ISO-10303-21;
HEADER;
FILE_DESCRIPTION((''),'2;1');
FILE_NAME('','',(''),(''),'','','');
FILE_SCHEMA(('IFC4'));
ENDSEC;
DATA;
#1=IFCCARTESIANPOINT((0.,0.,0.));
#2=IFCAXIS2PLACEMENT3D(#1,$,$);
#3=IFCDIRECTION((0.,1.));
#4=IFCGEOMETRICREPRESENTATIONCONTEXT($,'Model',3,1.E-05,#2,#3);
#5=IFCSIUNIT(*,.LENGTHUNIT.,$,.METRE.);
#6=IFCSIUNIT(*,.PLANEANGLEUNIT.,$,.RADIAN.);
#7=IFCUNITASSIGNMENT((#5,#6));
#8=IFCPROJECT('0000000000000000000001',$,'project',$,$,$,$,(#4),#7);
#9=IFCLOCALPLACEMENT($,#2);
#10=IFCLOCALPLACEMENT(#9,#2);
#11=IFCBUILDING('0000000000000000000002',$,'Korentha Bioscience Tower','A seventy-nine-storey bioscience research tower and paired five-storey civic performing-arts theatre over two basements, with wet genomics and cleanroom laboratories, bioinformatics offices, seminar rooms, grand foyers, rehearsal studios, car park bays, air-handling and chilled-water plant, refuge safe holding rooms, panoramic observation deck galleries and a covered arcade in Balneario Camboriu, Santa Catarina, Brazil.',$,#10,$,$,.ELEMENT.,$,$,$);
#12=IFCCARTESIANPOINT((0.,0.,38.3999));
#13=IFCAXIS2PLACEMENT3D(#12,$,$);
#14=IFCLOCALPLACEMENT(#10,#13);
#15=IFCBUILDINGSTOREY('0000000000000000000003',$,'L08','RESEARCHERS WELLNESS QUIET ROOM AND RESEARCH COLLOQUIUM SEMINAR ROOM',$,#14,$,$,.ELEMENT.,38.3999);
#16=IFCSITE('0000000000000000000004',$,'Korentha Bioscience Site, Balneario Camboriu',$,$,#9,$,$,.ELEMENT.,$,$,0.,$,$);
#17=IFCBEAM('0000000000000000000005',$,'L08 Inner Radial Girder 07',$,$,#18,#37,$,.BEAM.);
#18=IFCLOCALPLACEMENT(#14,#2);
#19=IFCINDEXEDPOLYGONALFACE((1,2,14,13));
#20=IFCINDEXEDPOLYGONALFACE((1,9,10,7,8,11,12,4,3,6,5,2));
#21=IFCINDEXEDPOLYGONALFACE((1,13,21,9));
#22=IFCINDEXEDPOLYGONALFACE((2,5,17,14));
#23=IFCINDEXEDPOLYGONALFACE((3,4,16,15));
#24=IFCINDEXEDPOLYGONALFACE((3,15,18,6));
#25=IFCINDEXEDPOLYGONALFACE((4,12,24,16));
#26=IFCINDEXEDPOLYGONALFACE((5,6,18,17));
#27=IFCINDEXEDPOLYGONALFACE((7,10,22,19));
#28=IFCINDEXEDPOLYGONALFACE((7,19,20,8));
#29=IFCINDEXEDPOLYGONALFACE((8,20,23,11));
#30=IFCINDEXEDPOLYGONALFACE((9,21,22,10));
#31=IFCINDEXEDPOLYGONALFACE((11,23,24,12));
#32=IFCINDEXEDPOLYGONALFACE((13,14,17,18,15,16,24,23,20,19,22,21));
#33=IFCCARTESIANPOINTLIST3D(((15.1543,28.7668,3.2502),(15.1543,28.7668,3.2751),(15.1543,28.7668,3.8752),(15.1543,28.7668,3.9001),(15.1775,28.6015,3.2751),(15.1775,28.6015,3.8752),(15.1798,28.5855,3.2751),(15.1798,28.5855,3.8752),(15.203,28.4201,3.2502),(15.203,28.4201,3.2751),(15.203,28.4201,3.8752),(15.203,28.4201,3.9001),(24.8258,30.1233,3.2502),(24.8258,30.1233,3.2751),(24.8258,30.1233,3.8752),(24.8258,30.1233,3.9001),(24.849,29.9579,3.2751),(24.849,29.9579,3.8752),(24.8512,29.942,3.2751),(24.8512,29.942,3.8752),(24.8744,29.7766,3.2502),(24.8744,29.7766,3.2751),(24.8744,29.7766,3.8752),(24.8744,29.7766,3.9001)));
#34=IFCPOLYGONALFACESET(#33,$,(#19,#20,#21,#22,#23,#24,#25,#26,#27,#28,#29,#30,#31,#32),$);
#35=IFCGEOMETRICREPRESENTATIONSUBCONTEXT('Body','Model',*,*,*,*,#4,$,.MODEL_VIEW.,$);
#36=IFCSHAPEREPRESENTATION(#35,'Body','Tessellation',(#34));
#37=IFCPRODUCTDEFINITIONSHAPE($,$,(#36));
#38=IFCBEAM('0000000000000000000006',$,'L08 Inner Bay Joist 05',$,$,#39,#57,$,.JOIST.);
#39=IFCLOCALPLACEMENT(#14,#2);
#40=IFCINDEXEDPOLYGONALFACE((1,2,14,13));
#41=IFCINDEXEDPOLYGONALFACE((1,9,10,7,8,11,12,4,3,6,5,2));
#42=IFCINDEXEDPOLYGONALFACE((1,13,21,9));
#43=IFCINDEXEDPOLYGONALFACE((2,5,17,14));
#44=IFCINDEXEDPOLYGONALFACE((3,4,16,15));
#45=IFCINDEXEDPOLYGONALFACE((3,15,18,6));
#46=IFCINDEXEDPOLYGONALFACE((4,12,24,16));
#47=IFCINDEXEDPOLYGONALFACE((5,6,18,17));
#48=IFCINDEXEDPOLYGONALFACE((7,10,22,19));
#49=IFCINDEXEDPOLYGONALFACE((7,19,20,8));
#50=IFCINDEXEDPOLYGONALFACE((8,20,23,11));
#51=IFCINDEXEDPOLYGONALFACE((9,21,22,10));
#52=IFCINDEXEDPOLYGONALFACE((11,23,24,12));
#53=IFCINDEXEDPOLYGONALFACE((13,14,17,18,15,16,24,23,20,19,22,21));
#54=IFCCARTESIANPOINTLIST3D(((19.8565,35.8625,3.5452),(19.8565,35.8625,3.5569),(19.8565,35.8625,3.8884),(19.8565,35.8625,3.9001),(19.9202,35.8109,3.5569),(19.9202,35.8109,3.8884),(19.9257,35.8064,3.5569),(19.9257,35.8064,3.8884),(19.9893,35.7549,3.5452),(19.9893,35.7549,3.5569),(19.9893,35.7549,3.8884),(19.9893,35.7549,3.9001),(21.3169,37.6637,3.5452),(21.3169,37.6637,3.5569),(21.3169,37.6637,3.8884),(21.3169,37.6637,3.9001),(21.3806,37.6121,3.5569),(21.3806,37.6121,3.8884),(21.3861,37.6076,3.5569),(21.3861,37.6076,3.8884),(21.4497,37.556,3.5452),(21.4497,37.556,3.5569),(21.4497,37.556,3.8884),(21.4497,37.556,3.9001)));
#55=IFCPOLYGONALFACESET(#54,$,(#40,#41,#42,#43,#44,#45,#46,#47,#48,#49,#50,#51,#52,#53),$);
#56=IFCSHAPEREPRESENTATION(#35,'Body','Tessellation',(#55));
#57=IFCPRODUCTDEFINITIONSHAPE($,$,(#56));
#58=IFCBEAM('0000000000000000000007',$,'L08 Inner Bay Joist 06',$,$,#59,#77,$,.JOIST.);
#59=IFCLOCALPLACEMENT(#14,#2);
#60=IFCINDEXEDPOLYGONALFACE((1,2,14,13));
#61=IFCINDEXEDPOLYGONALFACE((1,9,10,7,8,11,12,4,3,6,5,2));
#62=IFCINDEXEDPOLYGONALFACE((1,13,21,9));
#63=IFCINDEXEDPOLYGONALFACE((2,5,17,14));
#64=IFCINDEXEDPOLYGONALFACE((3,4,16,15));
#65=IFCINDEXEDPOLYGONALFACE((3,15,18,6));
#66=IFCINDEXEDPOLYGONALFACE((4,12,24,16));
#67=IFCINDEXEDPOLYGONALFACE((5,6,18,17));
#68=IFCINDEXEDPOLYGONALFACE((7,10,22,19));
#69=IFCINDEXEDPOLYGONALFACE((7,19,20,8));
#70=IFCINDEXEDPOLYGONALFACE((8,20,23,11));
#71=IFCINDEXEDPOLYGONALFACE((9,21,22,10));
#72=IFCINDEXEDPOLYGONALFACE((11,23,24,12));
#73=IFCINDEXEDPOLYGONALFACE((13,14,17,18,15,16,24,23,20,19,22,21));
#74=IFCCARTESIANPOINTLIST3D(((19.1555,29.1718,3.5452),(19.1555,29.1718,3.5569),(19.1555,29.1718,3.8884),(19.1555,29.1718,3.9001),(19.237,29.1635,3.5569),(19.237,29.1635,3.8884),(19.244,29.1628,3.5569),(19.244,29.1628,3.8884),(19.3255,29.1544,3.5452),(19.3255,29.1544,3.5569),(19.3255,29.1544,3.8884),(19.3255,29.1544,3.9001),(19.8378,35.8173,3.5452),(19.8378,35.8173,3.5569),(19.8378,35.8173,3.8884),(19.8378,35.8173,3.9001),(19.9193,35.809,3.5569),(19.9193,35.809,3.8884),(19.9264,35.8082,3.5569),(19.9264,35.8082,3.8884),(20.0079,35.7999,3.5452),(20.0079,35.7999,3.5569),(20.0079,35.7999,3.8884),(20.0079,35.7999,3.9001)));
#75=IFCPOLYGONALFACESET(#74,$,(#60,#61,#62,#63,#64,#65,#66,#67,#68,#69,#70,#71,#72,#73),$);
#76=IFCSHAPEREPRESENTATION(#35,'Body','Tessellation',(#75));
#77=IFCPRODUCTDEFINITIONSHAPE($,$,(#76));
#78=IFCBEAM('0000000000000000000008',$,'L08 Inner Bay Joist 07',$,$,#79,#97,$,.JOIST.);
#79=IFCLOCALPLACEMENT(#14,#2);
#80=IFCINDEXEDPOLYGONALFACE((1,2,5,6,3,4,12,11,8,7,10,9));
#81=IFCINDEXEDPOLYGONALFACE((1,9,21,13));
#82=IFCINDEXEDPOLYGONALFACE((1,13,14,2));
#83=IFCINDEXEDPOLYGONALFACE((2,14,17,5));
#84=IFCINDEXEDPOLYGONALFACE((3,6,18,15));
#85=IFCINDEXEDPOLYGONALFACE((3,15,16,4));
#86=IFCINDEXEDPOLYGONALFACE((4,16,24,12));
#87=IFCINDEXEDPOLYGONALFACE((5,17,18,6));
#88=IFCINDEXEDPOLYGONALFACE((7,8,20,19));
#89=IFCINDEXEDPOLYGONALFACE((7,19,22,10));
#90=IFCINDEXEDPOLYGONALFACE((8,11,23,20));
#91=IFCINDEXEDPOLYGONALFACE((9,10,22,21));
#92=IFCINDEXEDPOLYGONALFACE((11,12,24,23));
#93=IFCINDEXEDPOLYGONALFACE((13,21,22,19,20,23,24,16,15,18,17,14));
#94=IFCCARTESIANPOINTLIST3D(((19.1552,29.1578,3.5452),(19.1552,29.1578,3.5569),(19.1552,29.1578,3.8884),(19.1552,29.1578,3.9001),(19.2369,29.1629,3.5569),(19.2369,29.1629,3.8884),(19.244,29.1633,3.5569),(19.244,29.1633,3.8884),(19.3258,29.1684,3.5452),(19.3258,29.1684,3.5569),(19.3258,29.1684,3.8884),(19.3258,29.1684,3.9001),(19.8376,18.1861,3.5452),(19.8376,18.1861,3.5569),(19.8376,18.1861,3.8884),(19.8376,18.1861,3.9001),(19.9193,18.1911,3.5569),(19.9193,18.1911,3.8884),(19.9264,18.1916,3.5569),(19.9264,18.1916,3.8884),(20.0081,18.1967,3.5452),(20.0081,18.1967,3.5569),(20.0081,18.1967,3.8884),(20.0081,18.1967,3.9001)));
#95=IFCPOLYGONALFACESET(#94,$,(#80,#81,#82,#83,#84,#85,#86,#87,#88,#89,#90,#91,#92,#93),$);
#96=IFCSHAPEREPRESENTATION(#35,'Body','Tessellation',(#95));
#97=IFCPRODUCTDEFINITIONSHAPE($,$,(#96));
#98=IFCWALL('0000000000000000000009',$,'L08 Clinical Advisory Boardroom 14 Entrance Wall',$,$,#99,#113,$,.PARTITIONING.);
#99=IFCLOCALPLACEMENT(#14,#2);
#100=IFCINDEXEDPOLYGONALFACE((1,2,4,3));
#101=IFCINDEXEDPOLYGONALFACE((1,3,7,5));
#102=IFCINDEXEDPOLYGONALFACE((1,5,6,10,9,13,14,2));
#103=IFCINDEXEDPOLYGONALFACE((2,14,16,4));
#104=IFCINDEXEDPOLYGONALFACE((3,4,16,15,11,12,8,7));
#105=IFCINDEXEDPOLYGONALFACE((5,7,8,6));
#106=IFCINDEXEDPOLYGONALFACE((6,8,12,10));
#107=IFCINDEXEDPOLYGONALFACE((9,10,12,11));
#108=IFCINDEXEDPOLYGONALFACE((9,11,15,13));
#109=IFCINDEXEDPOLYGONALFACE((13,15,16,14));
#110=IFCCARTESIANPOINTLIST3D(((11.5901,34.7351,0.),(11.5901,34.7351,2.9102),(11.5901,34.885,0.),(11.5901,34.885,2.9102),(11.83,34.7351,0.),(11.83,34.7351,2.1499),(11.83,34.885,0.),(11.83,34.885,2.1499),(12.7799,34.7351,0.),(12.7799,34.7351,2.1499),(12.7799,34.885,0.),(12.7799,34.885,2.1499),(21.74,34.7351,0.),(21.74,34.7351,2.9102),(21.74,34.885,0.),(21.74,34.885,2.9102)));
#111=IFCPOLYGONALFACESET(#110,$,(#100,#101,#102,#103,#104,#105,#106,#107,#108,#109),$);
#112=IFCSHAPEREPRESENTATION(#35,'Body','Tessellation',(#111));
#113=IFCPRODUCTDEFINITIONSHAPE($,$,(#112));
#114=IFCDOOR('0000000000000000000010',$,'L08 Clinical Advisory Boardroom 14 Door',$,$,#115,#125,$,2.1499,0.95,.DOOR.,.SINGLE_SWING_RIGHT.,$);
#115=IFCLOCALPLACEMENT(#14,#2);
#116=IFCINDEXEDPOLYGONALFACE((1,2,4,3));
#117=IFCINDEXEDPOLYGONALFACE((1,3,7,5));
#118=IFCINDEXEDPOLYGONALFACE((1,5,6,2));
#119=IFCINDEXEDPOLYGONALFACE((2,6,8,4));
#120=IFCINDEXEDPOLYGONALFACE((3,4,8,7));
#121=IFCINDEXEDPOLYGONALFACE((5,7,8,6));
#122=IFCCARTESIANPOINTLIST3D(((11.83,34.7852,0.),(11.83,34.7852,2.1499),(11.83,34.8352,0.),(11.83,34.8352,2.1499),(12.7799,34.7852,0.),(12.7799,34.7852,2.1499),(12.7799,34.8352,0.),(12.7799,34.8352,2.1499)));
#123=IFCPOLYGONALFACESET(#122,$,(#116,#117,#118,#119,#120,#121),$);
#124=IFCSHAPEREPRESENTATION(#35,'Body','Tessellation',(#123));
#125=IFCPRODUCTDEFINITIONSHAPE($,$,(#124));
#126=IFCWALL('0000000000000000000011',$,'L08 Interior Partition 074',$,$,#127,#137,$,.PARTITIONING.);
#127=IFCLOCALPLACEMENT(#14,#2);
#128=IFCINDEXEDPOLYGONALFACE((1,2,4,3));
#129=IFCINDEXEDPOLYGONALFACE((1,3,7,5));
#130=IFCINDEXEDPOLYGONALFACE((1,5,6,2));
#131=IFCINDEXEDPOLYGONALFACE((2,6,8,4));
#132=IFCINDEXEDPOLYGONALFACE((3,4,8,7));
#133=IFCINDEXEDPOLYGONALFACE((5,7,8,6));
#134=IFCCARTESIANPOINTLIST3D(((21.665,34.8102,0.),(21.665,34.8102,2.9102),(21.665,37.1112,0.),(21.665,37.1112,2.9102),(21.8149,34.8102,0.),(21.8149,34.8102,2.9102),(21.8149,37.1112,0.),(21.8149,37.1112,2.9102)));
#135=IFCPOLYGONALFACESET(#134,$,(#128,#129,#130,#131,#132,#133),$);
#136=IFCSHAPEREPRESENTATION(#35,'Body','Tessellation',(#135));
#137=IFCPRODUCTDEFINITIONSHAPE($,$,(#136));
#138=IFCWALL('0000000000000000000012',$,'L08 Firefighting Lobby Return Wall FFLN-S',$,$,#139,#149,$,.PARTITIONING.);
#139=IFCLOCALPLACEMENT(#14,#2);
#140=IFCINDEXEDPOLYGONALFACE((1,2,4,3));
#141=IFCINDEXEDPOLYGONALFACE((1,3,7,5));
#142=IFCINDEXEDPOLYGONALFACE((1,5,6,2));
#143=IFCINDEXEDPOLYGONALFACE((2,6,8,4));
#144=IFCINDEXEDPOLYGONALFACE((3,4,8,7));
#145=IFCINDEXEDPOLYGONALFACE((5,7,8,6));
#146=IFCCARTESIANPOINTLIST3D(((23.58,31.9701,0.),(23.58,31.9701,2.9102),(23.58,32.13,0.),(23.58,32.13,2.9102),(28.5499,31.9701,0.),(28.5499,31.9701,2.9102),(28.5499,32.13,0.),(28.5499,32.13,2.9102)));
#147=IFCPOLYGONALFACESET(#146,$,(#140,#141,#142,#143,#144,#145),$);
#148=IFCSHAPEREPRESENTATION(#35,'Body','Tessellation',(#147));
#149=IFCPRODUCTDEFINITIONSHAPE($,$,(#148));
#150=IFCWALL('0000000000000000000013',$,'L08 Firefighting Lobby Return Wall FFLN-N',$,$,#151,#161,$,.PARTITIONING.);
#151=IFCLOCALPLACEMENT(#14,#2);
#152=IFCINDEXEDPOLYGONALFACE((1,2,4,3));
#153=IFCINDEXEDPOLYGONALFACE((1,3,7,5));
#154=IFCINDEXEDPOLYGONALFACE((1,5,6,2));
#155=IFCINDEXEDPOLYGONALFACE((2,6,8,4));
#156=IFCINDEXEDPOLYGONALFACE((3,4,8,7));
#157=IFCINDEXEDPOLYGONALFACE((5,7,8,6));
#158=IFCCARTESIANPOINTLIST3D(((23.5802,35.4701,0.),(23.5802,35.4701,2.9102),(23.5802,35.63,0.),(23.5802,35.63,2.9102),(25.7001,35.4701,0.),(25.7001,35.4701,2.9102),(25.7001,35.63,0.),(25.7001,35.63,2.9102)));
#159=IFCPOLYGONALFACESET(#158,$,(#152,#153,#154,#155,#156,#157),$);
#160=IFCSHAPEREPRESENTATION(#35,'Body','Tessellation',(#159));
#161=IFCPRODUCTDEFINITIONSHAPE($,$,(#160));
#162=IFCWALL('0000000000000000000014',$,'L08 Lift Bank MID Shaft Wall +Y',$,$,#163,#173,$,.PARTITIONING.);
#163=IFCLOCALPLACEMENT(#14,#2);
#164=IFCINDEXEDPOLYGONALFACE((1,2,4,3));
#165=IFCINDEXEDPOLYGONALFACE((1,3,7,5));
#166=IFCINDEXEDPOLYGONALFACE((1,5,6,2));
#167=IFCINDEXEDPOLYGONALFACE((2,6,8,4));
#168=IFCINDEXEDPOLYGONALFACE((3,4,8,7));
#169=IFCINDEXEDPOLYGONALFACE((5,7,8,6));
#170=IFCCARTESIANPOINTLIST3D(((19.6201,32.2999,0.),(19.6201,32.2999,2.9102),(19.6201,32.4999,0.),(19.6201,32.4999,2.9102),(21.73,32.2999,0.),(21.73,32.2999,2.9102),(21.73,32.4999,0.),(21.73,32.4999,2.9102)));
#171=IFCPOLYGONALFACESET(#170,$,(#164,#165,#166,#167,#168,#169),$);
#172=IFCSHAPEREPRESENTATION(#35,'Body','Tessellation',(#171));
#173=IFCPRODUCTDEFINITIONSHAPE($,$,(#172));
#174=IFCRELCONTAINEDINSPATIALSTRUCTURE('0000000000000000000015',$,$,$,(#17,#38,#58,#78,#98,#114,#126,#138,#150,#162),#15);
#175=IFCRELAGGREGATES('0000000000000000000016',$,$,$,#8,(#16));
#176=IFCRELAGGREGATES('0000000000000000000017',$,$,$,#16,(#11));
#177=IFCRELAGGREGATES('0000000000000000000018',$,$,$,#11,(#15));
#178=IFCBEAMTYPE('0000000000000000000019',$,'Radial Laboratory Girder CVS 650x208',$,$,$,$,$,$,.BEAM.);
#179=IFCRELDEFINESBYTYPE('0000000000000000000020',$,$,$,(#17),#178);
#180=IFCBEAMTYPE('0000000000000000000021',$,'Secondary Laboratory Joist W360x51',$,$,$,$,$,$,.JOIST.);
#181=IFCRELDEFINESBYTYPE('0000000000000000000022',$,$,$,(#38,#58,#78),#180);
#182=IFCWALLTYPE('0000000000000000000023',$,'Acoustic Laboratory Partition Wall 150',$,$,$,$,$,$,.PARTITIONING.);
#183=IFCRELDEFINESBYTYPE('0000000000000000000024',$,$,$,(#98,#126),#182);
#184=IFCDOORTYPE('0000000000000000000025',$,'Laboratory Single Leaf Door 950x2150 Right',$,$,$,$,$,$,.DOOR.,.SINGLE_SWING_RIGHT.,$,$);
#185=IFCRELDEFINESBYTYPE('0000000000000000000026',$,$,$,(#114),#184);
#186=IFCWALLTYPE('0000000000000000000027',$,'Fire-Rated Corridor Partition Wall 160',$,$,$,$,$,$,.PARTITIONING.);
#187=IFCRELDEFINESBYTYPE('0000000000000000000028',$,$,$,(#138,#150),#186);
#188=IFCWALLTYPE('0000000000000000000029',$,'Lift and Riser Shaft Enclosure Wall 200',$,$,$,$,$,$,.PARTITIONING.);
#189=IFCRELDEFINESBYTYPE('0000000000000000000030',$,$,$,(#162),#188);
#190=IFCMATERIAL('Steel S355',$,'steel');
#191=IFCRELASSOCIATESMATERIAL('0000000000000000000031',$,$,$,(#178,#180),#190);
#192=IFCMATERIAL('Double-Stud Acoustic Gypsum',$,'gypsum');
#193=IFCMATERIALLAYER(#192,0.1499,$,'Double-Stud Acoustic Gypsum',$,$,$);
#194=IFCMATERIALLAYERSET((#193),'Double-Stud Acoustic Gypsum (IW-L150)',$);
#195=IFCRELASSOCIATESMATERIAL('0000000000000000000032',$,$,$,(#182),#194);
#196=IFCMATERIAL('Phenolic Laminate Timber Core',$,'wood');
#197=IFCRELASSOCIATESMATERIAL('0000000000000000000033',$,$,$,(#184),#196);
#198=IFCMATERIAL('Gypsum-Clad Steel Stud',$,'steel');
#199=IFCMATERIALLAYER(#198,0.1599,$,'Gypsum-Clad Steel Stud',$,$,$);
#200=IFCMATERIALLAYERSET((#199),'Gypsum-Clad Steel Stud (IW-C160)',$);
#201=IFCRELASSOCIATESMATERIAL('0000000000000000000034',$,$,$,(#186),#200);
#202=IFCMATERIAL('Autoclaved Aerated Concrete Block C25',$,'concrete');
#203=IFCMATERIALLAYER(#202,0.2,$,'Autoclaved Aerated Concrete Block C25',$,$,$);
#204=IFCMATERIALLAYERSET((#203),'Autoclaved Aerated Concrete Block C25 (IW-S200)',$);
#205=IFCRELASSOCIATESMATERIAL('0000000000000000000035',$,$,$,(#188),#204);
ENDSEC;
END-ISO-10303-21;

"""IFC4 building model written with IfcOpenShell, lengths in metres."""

from ifc_helpers import new_model, si_unit, direction, frame, frame_2d, origin, origin_2d, place, context, subcontext, project, spatial, rectangle, i_section, extrude, material, layer, layer_set, material_profile, profile_set, type_object, element, fill, save


model = new_model("IFC4")

# Units and contexts
model_context = context("Model", 3, precision=1e-05, world=origin(), true_north=direction((0.0, 1.0)))
body_context = subcontext(model_context, "Body", "Model", "MODEL_VIEW")
ifc_project = project(units=[si_unit("LENGTHUNIT", "METRE"), si_unit("PLANEANGLEUNIT", "RADIAN")], contexts=[model_context])

# Site, building, storey
site_placement = place(None, origin())
site = spatial("IfcSite", under=ifc_project, at=site_placement, Name="Korentha Bioscience Site, Balneario Camboriu", CompositionType="ELEMENT", RefElevation=0.0)
building_placement = place(site_placement, origin())
building = spatial("IfcBuilding", under=site, at=building_placement, Name="Korentha Bioscience Tower", Description="A seventy-nine-storey bioscience research tower and paired five-storey civic performing-arts theatre over two basements, with wet genomics and cleanroom laboratories, bioinformatics offices, seminar rooms, grand foyers, rehearsal studios, car park bays, air-handling and chilled-water plant, refuge safe holding rooms, panoramic observation deck galleries and a covered arcade in Balneario Camboriu, Santa Catarina, Brazil.", CompositionType="ELEMENT")
storey_placement = place(building_placement, frame((0.0, 0.0, 38.3999)))
storey = spatial("IfcBuildingStorey", under=building, at=storey_placement, Name="L08", Description="RESEARCHERS WELLNESS QUIET ROOM AND RESEARCH COLLOQUIUM SEMINAR ROOM", CompositionType="ELEMENT", Elevation=38.3999)

# Beams
ifc_material_1 = material(Name="Steel S355", Category="steel")
ifc_material_profile_1 = material_profile(ifc_material_1, i_section(OverallWidth=0.3501, OverallDepth=0.6499, WebThickness=0.0161, FlangeThickness=0.0249, at=origin_2d()), Name="Steel S355")
ifc_profile_set_1 = profile_set([ifc_material_profile_1], Name="Steel S355 (RB-650)")
beam_type_1 = type_object("IfcBeamType", Name="Radial Laboratory Girder CVS 650x208", PredefinedType="BEAM", material=ifc_profile_set_1)
beam_1_placement = place(storey_placement, frame((24.8501, 29.95, 3.5752), z_axis=(-0.990307, -0.138894, 0.0), x_axis=(0.138894, -0.990307, 0.0)))
element("IfcBeam", 1, at=beam_1_placement, inside=storey, type_object=beam_type_1, Name="L08 Inner Radial Girder 07", PredefinedType="BEAM", context=body_context, shape_type="SweptSolid", body=[
    extrude(i_section(OverallWidth=0.3501, OverallDepth=0.6499, WebThickness=0.0161, FlangeThickness=0.0249, at=origin_2d()), origin(), (0.0, 0.0, 1.0), 9.7661),
])
ifc_material_profile_2 = material_profile(ifc_material_1, i_section(OverallWidth=0.1709, OverallDepth=0.355, WebThickness=0.0071, FlangeThickness=0.0117, at=origin_2d()), Name="Steel S355")
ifc_profile_set_2 = profile_set([ifc_material_profile_2], Name="Steel S355 (JB-360)")
beam_type_2 = type_object("IfcBeamType", Name="Secondary Laboratory Joist W360x51", PredefinedType="JOIST", material=ifc_profile_set_2)
beam_2_placement = place(storey_placement, frame((21.3833, 37.6099, 3.7227), z_axis=(-0.629792, -0.776764, 0.0), x_axis=(0.776764, -0.629792, 0.0)))
element("IfcBeam", 2, at=beam_2_placement, inside=storey, type_object=beam_type_2, Name="L08 Inner Bay Joist 05", PredefinedType="JOIST", context=body_context, shape_type="SweptSolid", body=[
    extrude(i_section(OverallWidth=0.1709, OverallDepth=0.355, WebThickness=0.0071, FlangeThickness=0.0117, at=origin_2d()), origin(), (0.0, 0.0, 1.0), 2.3188),
])
beam_3_placement = place(storey_placement, frame((19.9229, 35.8086, 3.7227), z_axis=(-0.102145, -0.99477, 0.0), x_axis=(0.99477, -0.102145, 0.0)))
element("IfcBeam", 3, at=beam_3_placement, inside=storey, type_object=beam_type_2, Name="L08 Inner Bay Joist 06", PredefinedType="JOIST", context=body_context, shape_type="SweptSolid", body=[
    extrude(i_section(OverallWidth=0.1709, OverallDepth=0.355, WebThickness=0.0071, FlangeThickness=0.0117, at=origin_2d()), origin(), (0.0, 0.0, 1.0), 6.6804),
])
beam_4_placement = place(storey_placement, frame((19.2405, 29.1631, 3.7227), z_axis=(0.062074, -0.998072, 0.0), x_axis=(0.998072, 0.062074, 0.0)))
element("IfcBeam", 4, at=beam_4_placement, inside=storey, type_object=beam_type_2, Name="L08 Inner Bay Joist 07", PredefinedType="JOIST", context=body_context, shape_type="SweptSolid", body=[
    extrude(i_section(OverallWidth=0.1709, OverallDepth=0.355, WebThickness=0.0071, FlangeThickness=0.0117, at=origin_2d()), origin(), (0.0, 0.0, 1.0), 10.9929),
])

# Wall, opening, door
ifc_material_2 = material(Name="Double-Stud Acoustic Gypsum", Category="gypsum")
ifc_layer_1 = layer(ifc_material_2, 0.1499, Name="Double-Stud Acoustic Gypsum")
ifc_layer_set_1 = layer_set([ifc_layer_1], Name="Double-Stud Acoustic Gypsum (IW-L150)")
wall_type_1 = type_object("IfcWallType", Name="Acoustic Laboratory Partition Wall 150", PredefinedType="PARTITIONING", material=ifc_layer_set_1)
wall_1_placement = place(storey_placement, frame((21.74, 34.8101, 0.0), z_axis=(0.0, 0.0, 1.0), x_axis=(-1.0, 0.0, 0.0)))
wall_1 = element("IfcWall", 5, at=wall_1_placement, inside=storey, type_object=wall_type_1, Name="L08 Clinical Advisory Boardroom 14 Entrance Wall", PredefinedType="PARTITIONING", context=body_context, shape_type="SweptSolid", body=[
    extrude(rectangle(XDim=10.1499, YDim=0.1499, at=frame_2d((5.075, 0.0))), origin(), (0.0, 0.0, 1.0), 2.9102),
])
opening_1_placement = place(wall_1_placement, frame((8.96, 0.0, 0.0)))
opening_1 = element("IfcOpeningElement", 6, at=opening_1_placement, cuts=wall_1, PredefinedType="OPENING", context=body_context, shape_type="SweptSolid", body=[
    extrude(rectangle(XDim=0.95, YDim=2.1499, at=frame_2d((0.4751, 1.075))), frame((0.0, 0.0898, 0.0), z_axis=(0.0, -1.0, 0.0), x_axis=(1.0, 0.0, 0.0)), (0.0, 0.0, 1.0), 0.1797),
])
ifc_material_3 = material(Name="Phenolic Laminate Timber Core", Category="wood")
door_type_1 = type_object("IfcDoorType", Name="Laboratory Single Leaf Door 950x2150 Right", OperationType="SINGLE_SWING_RIGHT", PredefinedType="DOOR", material=ifc_material_3)
door_1_placement = place(opening_1_placement, origin())
door_1 = element("IfcDoor", 7, at=door_1_placement, inside=storey, type_object=door_type_1, Name="L08 Clinical Advisory Boardroom 14 Door", OperationType="SINGLE_SWING_RIGHT", OverallHeight=2.1499, OverallWidth=0.95, PredefinedType="DOOR", context=body_context, shape_type="SweptSolid", body=[
    extrude(rectangle(XDim=0.95, YDim=2.1499, at=frame_2d((0.4751, 1.075))), frame((0.0, 0.0249, 0.0), z_axis=(0.0, -1.0, 0.0), x_axis=(1.0, 0.0, 0.0)), (0.0, 0.0, 1.0), 0.05),
])
fill(opening_1, door_1)

# Wall
wall_2_placement = place(storey_placement, frame((21.74, 37.1111, 0.0), z_axis=(0.0, 0.0, 1.0), x_axis=(0.0, -1.0, 0.0)))
element("IfcWall", 8, at=wall_2_placement, inside=storey, type_object=wall_type_1, Name="L08 Interior Partition 074", PredefinedType="PARTITIONING", context=body_context, shape_type="SweptSolid", body=[
    extrude(rectangle(XDim=2.301, YDim=0.1499, at=frame_2d((1.1504, 0.0))), origin(), (0.0, 0.0, 1.0), 2.9102),
])

# Shared definitions
ifc_material_4 = material(Name="Gypsum-Clad Steel Stud", Category="steel")
ifc_layer_2 = layer(ifc_material_4, 0.1599, Name="Gypsum-Clad Steel Stud")
ifc_layer_set_2 = layer_set([ifc_layer_2], Name="Gypsum-Clad Steel Stud (IW-C160)")
wall_type_2 = type_object("IfcWallType", Name="Fire-Rated Corridor Partition Wall 160", PredefinedType="PARTITIONING", material=ifc_layer_set_2)

# Walls
wall_3_placement = place(storey_placement, frame((23.5801, 32.05, 0.0), z_axis=(0.0, 0.0, 1.0), x_axis=(1.0, 0.0, 0.0)))
element("IfcWall", 9, at=wall_3_placement, inside=storey, type_object=wall_type_2, Name="L08 Firefighting Lobby Return Wall FFLN-S", PredefinedType="PARTITIONING", context=body_context, shape_type="SweptSolid", body=[
    extrude(rectangle(XDim=4.97, YDim=0.1599, at=frame_2d((2.4849, 0.0))), origin(), (0.0, 0.0, 1.0), 2.9102),
])
wall_4_placement = place(storey_placement, frame((23.5801, 35.55, 0.0), z_axis=(0.0, 0.0, 1.0), x_axis=(1.0, 0.0, 0.0)))
element("IfcWall", 10, at=wall_4_placement, inside=storey, type_object=wall_type_2, Name="L08 Firefighting Lobby Return Wall FFLN-N", PredefinedType="PARTITIONING", context=body_context, shape_type="SweptSolid", body=[
    extrude(rectangle(XDim=2.1199, YDim=0.1599, at=frame_2d((1.0601, 0.0))), origin(), (0.0, 0.0, 1.0), 2.9102),
])
ifc_material_5 = material(Name="Autoclaved Aerated Concrete Block C25", Category="concrete")
ifc_layer_3 = layer(ifc_material_5, 0.2, Name="Autoclaved Aerated Concrete Block C25")
ifc_layer_set_3 = layer_set([ifc_layer_3], Name="Autoclaved Aerated Concrete Block C25 (IW-S200)")
wall_type_3 = type_object("IfcWallType", Name="Lift and Riser Shaft Enclosure Wall 200", PredefinedType="PARTITIONING", material=ifc_layer_set_3)
wall_5_placement = place(storey_placement, frame((19.6201, 32.3999, 0.0), z_axis=(0.0, 0.0, 1.0), x_axis=(1.0, 0.0, 0.0)))
element("IfcWall", 11, at=wall_5_placement, inside=storey, type_object=wall_type_3, Name="L08 Lift Bank MID Shaft Wall +Y", PredefinedType="PARTITIONING", context=body_context, shape_type="SweptSolid", body=[
    extrude(rectangle(XDim=2.1099, YDim=0.2, at=frame_2d((1.0549, 0.0))), origin(), (0.0, 0.0, 1.0), 2.9102),
])

save(model, "model.ifc")
